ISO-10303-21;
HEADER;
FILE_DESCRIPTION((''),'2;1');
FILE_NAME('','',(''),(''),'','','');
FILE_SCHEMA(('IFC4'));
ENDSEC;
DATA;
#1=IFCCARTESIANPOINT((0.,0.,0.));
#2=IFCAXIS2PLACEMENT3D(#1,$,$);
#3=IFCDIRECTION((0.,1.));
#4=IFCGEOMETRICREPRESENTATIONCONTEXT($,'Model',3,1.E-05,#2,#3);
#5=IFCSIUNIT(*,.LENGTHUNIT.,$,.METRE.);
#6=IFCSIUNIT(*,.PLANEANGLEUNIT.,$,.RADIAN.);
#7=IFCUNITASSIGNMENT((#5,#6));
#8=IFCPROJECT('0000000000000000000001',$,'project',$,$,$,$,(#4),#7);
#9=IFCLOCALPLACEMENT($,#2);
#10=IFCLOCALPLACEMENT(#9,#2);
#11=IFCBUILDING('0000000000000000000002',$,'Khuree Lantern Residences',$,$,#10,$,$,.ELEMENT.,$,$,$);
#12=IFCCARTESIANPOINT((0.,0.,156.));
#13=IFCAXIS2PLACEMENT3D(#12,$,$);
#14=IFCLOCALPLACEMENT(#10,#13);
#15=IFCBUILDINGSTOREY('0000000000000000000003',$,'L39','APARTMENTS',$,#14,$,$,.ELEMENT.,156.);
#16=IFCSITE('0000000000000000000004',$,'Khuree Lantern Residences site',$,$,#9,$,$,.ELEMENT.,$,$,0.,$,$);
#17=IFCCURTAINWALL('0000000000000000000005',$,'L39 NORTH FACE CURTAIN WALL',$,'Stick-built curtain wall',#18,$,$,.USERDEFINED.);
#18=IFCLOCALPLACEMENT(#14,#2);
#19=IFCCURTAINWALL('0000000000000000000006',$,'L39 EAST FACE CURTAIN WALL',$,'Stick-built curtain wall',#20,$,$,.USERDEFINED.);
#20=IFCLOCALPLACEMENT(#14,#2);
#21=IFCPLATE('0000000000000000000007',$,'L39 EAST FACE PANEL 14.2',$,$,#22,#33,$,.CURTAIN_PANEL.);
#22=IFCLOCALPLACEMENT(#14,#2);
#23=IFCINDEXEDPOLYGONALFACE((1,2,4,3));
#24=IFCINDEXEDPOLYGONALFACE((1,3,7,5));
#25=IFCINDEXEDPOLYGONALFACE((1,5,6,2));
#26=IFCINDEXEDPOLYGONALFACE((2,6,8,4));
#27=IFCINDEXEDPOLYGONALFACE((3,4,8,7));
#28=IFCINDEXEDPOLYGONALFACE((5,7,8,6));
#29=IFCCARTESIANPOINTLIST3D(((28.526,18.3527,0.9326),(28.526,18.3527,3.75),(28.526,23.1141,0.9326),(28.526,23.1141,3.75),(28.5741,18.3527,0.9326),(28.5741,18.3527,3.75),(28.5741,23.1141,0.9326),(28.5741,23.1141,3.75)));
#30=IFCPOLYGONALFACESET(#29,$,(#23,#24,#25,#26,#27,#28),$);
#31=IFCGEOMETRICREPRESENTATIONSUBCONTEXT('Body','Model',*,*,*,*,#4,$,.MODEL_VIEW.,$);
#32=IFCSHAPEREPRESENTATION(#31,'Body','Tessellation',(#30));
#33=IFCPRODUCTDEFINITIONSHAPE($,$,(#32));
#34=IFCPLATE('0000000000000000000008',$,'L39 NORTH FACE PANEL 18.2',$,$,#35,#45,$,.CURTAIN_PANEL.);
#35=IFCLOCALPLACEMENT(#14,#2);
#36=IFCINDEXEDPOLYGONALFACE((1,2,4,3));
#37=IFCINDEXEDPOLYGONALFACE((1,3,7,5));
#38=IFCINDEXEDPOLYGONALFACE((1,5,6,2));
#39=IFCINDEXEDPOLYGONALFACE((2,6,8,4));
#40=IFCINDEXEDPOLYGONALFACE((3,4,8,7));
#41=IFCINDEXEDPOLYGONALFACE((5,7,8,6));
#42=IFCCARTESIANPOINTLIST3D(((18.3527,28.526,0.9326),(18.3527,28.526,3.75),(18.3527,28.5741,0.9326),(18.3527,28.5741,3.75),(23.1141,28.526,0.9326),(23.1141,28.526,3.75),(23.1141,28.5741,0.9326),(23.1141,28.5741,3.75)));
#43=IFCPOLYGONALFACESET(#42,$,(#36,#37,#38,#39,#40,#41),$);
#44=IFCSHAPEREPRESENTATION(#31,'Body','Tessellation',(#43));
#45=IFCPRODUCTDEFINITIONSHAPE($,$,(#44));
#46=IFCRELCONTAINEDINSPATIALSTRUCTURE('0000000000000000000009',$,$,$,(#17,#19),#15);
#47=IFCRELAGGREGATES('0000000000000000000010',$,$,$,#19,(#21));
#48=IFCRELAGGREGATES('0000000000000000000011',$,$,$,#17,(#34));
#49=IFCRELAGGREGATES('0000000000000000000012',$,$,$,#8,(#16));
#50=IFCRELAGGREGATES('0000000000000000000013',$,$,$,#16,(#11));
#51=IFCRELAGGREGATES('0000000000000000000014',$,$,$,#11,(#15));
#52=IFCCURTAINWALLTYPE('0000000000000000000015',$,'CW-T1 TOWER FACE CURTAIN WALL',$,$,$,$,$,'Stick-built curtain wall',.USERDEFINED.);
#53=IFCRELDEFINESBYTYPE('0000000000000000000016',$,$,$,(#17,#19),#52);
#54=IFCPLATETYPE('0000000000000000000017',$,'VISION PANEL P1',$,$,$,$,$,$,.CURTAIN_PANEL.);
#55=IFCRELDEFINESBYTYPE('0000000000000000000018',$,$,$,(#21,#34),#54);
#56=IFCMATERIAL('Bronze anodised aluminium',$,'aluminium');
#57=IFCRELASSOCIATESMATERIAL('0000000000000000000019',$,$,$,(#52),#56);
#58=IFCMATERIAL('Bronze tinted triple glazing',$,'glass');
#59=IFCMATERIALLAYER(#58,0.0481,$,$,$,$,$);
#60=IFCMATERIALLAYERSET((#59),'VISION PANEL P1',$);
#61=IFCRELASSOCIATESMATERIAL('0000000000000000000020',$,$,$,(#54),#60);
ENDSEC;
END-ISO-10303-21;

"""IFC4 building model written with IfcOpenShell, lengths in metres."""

from ifc_helpers import new_model, si_unit, direction, frame, origin, origin_2d, place, context, subcontext, project, spatial, rectangle, extrude, material, layer, layer_set, type_object, element, aggregate, save


model = new_model("IFC4")

# Units and contexts
model_context = context("Model", 3, precision=1e-05, world=origin(), true_north=direction((0.0, 1.0)))
body_context = subcontext(model_context, "Body", "Model", "MODEL_VIEW")
ifc_project = project(units=[si_unit("LENGTHUNIT", "METRE"), si_unit("PLANEANGLEUNIT", "RADIAN")], contexts=[model_context])

# Site, building, storey
site_placement = place(None, origin())
site = spatial("IfcSite", under=ifc_project, at=site_placement, Name="Khuree Lantern Residences site", CompositionType="ELEMENT", RefElevation=0.0)
building_placement = place(site_placement, origin())
building = spatial("IfcBuilding", under=site, at=building_placement, Name="Khuree Lantern Residences", CompositionType="ELEMENT")
storey_placement = place(building_placement, frame((0.0, 0.0, 156.0)))
storey = spatial("IfcBuildingStorey", under=building, at=storey_placement, Name="L39", Description="APARTMENTS", CompositionType="ELEMENT", Elevation=156.0)

# Curtain wall
ifc_material_1 = material(Name="Bronze anodised aluminium", Category="aluminium")
curtain_wall_type_1 = type_object("IfcCurtainWallType", Name="CW-T1 TOWER FACE CURTAIN WALL", ElementType="Stick-built curtain wall", PredefinedType="USERDEFINED", material=ifc_material_1)
curtain_wall_1_placement = place(storey_placement, origin())
curtain_wall_1 = element("IfcCurtainWall", 1, at=curtain_wall_1_placement, inside=storey, type_object=curtain_wall_type_1, Name="L39 NORTH FACE CURTAIN WALL", ObjectType="Stick-built curtain wall", PredefinedType="USERDEFINED")

# Curtain wall
curtain_wall_2_placement = place(storey_placement, origin())
curtain_wall_2 = element("IfcCurtainWall", 2, at=curtain_wall_2_placement, inside=storey, type_object=curtain_wall_type_1, Name="L39 EAST FACE CURTAIN WALL", ObjectType="Stick-built curtain wall", PredefinedType="USERDEFINED")

# Plates
ifc_material_2 = material(Name="Bronze tinted triple glazing", Category="glass")
ifc_layer_1 = layer(ifc_material_2, 0.0481)
ifc_layer_set_1 = layer_set([ifc_layer_1], Name="VISION PANEL P1")
plate_type_1 = type_object("IfcPlateType", Name="VISION PANEL P1", PredefinedType="CURTAIN_PANEL", material=ifc_layer_set_1)
plate_1_placement = place(storey_placement, frame((28.55, 20.7334, 0.9326), z_axis=(0.0, 0.0, 1.0), x_axis=(0.0, 1.0, 0.0)))
plate_1 = element("IfcPlate", 3, at=plate_1_placement, type_object=plate_type_1, Name="L39 EAST FACE PANEL 14.2", PredefinedType="CURTAIN_PANEL", context=body_context, shape_type="SweptSolid", body=[
    extrude(rectangle(XDim=4.7615, YDim=0.0481, at=origin_2d()), origin(), (0.0, 0.0, 1.0), 2.8174),
])
aggregate(curtain_wall_2, [plate_1])
plate_2_placement = place(storey_placement, frame((20.7334, 28.55, 0.9326), z_axis=(0.0, 0.0, 1.0), x_axis=(-1.0, 0.0, 0.0)))
plate_2 = element("IfcPlate", 4, at=plate_2_placement, type_object=plate_type_1, Name="L39 NORTH FACE PANEL 18.2", PredefinedType="CURTAIN_PANEL", context=body_context, shape_type="SweptSolid", body=[
    extrude(rectangle(XDim=4.7615, YDim=0.0481, at=origin_2d()), origin(), (0.0, 0.0, 1.0), 2.8174),
])
aggregate(curtain_wall_1, [plate_2])

save(model, "model.ifc")
